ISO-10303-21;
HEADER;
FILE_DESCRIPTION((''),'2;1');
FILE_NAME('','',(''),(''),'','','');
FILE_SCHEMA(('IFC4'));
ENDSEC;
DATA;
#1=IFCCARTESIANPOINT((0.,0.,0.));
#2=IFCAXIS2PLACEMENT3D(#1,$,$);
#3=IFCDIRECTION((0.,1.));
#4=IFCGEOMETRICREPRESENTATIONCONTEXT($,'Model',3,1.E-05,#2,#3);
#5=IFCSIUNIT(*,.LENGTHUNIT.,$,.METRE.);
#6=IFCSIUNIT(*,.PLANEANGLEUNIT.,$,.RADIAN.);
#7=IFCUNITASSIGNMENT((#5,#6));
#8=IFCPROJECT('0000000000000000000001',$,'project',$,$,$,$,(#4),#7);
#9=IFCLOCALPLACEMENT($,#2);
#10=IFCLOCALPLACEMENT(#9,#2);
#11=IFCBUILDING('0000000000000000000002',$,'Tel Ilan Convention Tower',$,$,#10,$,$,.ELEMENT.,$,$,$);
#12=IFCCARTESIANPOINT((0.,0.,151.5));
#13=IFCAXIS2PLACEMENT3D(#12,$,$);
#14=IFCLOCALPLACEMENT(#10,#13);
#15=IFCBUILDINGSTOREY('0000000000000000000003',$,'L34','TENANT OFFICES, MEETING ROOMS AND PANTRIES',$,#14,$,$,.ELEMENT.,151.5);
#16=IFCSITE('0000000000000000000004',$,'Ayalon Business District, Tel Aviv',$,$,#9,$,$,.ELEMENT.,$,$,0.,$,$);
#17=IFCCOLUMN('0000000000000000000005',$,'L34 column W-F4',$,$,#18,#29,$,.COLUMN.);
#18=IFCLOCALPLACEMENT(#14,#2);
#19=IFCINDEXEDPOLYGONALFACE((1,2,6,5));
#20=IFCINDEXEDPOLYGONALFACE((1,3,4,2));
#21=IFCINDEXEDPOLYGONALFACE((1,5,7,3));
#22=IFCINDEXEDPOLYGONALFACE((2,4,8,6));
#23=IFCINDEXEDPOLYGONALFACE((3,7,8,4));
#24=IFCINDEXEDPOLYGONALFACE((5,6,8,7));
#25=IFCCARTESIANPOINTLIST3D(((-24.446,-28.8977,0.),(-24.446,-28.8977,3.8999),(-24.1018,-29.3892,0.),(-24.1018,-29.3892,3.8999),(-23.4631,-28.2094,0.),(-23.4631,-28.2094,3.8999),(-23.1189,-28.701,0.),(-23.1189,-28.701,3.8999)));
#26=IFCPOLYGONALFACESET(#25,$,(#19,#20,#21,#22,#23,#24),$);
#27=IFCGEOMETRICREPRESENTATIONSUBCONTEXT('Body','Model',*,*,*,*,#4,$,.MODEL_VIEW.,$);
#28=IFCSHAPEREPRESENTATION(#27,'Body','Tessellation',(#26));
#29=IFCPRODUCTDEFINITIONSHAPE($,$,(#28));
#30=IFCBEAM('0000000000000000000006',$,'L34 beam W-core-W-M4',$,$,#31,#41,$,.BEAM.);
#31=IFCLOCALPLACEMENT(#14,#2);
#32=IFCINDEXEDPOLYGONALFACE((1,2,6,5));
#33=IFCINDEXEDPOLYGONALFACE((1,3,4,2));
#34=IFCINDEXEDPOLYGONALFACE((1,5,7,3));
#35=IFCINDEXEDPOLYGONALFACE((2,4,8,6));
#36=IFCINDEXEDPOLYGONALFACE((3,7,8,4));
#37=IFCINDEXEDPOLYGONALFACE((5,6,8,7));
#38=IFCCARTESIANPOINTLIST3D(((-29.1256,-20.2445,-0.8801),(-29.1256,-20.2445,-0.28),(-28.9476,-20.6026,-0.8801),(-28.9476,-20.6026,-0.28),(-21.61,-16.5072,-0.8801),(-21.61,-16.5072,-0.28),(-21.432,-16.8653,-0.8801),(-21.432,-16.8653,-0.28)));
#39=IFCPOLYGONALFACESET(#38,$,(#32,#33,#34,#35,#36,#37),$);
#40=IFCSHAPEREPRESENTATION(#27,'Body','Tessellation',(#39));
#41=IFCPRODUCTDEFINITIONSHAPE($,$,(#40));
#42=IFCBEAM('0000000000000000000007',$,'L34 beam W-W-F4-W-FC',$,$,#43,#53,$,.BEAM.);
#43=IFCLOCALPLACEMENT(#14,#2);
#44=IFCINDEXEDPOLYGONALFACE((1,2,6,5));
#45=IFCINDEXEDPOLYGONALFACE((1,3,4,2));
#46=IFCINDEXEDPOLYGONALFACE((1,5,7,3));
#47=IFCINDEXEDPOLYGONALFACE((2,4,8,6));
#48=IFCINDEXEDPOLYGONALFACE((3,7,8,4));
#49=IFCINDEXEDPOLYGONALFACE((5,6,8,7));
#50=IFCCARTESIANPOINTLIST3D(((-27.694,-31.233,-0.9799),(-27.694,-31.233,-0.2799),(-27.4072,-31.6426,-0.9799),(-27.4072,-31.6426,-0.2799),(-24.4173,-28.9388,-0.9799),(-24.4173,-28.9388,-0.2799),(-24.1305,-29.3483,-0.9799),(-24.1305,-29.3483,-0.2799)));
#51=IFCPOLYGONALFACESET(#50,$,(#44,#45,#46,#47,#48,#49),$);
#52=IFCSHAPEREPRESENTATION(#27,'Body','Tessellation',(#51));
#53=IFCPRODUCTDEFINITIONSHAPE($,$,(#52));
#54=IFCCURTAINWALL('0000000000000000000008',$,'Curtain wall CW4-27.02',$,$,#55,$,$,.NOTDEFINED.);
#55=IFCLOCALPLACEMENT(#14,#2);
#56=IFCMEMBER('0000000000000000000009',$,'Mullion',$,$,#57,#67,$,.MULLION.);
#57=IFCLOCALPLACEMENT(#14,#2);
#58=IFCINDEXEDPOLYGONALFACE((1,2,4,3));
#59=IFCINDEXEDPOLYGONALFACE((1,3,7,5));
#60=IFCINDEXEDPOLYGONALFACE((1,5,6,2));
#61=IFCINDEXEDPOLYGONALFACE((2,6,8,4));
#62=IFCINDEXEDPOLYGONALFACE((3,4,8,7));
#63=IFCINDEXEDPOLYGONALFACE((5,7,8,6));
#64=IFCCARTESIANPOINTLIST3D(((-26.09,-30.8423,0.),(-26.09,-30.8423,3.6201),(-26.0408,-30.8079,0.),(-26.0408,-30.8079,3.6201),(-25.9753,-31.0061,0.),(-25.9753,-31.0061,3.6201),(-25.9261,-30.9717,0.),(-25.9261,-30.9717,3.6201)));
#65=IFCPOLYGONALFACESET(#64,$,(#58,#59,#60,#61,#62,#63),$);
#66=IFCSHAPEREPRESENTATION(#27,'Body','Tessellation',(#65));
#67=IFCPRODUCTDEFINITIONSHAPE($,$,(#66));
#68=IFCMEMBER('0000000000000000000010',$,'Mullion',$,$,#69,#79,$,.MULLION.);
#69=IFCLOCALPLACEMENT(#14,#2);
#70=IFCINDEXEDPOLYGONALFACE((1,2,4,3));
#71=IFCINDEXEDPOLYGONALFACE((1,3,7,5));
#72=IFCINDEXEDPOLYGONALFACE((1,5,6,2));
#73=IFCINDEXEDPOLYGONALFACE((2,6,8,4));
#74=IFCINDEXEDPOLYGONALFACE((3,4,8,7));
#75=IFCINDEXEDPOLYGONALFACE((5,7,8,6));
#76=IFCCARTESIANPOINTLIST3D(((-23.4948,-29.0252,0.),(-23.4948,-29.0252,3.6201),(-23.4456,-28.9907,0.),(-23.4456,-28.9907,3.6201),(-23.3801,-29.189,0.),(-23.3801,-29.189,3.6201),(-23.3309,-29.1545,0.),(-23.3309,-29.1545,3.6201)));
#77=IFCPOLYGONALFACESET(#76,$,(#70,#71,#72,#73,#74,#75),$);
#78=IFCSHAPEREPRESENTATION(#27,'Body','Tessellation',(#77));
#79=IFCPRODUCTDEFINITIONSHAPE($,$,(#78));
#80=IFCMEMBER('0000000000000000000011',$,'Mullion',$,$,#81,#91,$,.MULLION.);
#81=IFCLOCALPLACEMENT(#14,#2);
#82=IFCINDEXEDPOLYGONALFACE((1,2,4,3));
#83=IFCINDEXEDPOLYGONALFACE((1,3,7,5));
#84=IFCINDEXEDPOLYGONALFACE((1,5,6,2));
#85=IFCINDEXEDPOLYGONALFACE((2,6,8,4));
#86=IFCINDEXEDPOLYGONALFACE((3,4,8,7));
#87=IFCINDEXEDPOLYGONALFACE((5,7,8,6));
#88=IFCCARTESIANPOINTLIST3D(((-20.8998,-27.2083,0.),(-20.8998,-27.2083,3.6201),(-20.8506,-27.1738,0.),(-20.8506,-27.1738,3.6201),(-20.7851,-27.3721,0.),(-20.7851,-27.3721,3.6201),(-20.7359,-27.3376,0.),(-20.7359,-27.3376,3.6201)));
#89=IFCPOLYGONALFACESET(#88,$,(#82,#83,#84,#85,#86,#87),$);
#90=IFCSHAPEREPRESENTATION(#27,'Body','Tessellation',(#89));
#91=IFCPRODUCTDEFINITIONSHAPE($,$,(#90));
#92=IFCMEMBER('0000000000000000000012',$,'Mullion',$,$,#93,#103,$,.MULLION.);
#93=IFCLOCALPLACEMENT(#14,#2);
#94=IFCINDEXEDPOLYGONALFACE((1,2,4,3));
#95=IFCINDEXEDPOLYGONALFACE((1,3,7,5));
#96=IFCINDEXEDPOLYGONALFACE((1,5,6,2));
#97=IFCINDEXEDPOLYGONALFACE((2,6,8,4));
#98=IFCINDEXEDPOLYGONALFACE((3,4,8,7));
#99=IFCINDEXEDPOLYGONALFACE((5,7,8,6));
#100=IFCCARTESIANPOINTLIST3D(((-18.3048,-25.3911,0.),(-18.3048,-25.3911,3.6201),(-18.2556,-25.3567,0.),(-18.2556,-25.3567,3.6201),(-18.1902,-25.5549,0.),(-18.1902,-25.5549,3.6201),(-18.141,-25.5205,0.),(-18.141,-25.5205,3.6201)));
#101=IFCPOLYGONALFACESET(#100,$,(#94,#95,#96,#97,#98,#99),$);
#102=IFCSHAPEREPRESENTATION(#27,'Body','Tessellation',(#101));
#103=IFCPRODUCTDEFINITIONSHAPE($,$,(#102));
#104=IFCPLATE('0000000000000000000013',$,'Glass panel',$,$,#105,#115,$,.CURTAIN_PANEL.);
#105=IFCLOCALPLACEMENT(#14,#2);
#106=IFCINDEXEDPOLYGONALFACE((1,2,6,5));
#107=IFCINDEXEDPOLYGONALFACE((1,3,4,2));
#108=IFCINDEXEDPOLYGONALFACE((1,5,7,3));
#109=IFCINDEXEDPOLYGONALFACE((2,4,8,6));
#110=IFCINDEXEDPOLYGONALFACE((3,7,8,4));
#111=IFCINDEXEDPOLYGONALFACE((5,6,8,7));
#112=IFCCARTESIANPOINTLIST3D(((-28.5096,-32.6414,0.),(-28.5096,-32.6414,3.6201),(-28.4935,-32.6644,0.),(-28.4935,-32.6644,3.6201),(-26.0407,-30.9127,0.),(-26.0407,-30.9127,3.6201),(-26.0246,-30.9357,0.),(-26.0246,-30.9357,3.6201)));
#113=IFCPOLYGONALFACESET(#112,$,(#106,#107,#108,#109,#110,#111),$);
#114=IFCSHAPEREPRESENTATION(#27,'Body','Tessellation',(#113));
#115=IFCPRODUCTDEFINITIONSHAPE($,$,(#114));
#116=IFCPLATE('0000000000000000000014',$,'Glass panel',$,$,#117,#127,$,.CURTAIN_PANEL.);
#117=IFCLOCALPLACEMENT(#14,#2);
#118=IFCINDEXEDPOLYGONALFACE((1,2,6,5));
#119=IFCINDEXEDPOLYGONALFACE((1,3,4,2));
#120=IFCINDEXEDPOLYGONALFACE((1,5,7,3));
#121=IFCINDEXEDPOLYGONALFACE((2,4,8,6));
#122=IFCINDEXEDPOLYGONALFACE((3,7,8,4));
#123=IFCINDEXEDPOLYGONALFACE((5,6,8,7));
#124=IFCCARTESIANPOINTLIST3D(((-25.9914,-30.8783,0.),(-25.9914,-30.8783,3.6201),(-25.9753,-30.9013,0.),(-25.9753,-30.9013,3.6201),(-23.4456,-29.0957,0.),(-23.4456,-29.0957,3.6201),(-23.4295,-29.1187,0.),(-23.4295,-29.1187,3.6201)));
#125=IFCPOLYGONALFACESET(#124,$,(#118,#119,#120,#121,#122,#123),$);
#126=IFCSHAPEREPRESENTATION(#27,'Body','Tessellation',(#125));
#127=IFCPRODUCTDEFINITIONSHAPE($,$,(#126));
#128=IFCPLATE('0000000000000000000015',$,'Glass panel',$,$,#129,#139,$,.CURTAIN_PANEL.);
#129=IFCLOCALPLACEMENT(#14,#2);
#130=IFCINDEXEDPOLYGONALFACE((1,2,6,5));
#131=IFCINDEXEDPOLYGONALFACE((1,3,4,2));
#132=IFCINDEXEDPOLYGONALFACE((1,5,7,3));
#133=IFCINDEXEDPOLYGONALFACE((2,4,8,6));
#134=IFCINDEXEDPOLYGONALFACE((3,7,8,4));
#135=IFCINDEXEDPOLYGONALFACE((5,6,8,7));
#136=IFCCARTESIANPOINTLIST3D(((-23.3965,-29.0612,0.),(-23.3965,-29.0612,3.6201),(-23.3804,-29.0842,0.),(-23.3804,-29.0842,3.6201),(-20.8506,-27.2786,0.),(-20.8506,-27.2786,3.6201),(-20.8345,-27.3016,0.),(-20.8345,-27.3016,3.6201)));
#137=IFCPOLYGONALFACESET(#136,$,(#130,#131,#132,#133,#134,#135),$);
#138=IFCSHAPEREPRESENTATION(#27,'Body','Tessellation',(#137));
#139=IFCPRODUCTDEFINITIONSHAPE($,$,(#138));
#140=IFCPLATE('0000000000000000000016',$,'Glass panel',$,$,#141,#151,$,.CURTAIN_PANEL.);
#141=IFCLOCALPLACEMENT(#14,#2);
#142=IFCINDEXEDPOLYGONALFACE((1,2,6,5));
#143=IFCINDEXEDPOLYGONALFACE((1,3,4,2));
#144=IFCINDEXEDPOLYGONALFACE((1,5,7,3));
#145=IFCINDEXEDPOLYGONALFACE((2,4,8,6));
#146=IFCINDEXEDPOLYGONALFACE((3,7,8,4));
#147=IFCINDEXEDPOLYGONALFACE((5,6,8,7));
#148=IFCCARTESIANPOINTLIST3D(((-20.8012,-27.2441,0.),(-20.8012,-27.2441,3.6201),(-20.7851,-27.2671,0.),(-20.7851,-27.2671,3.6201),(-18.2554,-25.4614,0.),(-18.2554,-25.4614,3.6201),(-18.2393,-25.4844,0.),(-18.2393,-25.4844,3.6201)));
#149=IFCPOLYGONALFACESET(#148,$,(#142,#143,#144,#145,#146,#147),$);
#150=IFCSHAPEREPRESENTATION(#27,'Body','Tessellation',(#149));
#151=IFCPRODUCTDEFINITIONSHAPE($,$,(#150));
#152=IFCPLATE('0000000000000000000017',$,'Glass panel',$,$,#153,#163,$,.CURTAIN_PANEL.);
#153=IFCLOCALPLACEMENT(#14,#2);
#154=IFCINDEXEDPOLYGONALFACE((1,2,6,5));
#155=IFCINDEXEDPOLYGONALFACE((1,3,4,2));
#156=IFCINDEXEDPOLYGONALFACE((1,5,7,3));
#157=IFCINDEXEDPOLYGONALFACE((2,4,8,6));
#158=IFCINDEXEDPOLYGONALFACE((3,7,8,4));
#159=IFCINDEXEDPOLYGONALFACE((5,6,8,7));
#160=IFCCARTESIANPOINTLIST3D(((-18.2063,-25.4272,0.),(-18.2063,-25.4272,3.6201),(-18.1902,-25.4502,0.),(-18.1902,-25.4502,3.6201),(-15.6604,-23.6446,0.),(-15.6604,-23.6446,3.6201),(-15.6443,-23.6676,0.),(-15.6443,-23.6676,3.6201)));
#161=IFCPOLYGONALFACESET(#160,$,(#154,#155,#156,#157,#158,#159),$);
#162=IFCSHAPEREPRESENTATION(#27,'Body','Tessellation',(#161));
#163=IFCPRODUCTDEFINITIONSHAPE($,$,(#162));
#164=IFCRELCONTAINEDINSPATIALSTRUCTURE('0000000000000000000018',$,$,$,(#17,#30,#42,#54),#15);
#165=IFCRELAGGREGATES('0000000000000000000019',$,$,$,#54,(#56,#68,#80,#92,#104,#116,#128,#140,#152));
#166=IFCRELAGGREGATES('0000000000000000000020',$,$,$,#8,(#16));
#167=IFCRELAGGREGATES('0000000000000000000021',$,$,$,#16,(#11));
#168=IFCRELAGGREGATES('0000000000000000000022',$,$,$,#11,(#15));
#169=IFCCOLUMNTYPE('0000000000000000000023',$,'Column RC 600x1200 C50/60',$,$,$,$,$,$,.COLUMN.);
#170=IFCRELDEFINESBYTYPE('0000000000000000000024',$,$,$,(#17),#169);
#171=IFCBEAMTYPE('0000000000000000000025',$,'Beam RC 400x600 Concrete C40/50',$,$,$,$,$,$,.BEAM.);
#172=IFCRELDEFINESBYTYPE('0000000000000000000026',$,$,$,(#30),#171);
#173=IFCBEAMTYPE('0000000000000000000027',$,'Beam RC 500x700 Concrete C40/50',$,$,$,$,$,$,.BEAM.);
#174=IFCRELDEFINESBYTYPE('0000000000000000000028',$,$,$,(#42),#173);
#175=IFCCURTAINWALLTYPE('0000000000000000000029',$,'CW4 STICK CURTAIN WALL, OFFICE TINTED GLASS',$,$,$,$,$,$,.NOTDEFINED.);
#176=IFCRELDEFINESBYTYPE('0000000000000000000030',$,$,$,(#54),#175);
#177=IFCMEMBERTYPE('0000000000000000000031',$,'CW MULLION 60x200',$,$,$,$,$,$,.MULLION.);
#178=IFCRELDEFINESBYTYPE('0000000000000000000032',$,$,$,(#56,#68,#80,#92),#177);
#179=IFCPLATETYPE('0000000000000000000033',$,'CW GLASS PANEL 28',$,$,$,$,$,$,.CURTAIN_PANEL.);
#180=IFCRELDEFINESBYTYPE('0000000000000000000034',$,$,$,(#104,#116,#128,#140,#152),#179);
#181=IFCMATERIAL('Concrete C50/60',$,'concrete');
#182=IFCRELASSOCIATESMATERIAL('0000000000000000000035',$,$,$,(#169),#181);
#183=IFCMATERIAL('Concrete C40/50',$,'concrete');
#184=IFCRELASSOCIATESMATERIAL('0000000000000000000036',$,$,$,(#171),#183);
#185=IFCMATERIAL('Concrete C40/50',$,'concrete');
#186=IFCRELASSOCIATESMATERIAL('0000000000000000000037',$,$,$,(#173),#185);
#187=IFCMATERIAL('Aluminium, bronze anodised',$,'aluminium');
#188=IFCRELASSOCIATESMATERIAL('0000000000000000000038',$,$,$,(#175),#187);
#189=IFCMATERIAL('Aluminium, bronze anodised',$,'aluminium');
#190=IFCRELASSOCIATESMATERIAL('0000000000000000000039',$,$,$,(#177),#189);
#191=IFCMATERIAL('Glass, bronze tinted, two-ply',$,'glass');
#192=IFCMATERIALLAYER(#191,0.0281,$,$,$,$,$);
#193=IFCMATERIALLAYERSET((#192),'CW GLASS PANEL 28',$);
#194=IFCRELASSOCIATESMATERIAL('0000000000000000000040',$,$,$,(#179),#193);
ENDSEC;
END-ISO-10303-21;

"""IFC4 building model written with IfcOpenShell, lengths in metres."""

from ifc_helpers import new_model, si_unit, direction, frame, origin, origin_2d, place, context, subcontext, project, spatial, rectangle, extrude, material, layer, layer_set, material_profile, profile_set, type_object, element, aggregate, save


model = new_model("IFC4")

# Units and contexts
model_context = context("Model", 3, precision=1e-05, world=origin(), true_north=direction((0.0, 1.0)))
body_context = subcontext(model_context, "Body", "Model", "MODEL_VIEW")
ifc_project = project(units=[si_unit("LENGTHUNIT", "METRE"), si_unit("PLANEANGLEUNIT", "RADIAN")], contexts=[model_context])

# Site, building, storey
site_placement = place(None, origin())
site = spatial("IfcSite", under=ifc_project, at=site_placement, Name="Ayalon Business District, Tel Aviv", CompositionType="ELEMENT", RefElevation=0.0)
building_placement = place(site_placement, origin())
building = spatial("IfcBuilding", under=site, at=building_placement, Name="Tel Ilan Convention Tower", CompositionType="ELEMENT")
storey_placement = place(building_placement, frame((0.0, 0.0, 151.5)))
storey = spatial("IfcBuildingStorey", under=building, at=storey_placement, Name="L34", Description="TENANT OFFICES, MEETING ROOMS AND PANTRIES", CompositionType="ELEMENT", Elevation=151.5)

# Column
ifc_material_1 = material(Name="Concrete C50/60", Category="concrete")
ifc_material_profile_1 = material_profile(ifc_material_1, rectangle(XDim=1.2, YDim=0.6001, at=origin_2d()), Name="RC 600x1200")
ifc_profile_set_1 = profile_set([ifc_material_profile_1], Name="Concrete C50/60")
column_type = type_object("IfcColumnType", Name="Column RC 600x1200 C50/60", PredefinedType="COLUMN", material=ifc_profile_set_1)
column_placement = place(storey_placement, frame((-23.7825, -28.7993, 0.0), z_axis=(0.0, 0.0, 1.0), x_axis=(-0.819152, -0.573576, 0.0)))
element("IfcColumn", 1, at=column_placement, inside=storey, type_object=column_type, Name="L34 column W-F4", PredefinedType="COLUMN", context=body_context, shape_type="SweptSolid", body=[
    extrude(rectangle(XDim=1.2, YDim=0.6001, at=origin_2d()), origin(), (0.0, 0.0, 1.0), 3.8999),
])

# Beams
ifc_material_2 = material(Name="Concrete C40/50", Category="concrete")
ifc_material_profile_2 = material_profile(ifc_material_2, rectangle(XDim=0.3999, YDim=0.6001, at=origin_2d()), Name="RC 400x600")
ifc_profile_set_2 = profile_set([ifc_material_profile_2], Name="Concrete C40/50")
beam_type_1 = type_object("IfcBeamType", Name="Beam RC 400x600 Concrete C40/50", PredefinedType="BEAM", material=ifc_profile_set_2)
beam_1_placement = place(storey_placement, frame((-21.521, -16.6863, -0.5801), z_axis=(-0.895402, -0.445258, 0.0), x_axis=(0.445258, -0.895402, 0.0)))
element("IfcBeam", 2, at=beam_1_placement, inside=storey, type_object=beam_type_1, Name="L34 beam W-core-W-M4", PredefinedType="BEAM", context=body_context, shape_type="SweptSolid", body=[
    extrude(rectangle(XDim=0.3999, YDim=0.6001, at=origin_2d()), origin(), (0.0, 0.0, 1.0), 8.3936),
])
ifc_material_3 = material(Name="Concrete C40/50", Category="concrete")
ifc_material_profile_3 = material_profile(ifc_material_3, rectangle(XDim=0.5, YDim=0.7, at=origin_2d()), Name="RC 500x700")
ifc_profile_set_3 = profile_set([ifc_material_profile_3], Name="Concrete C40/50")
beam_type_2 = type_object("IfcBeamType", Name="Beam RC 500x700 Concrete C40/50", PredefinedType="BEAM", material=ifc_profile_set_3)
beam_2_placement = place(storey_placement, frame((-24.2739, -29.1436, -0.6299), z_axis=(-0.819166, -0.573557, 0.0), x_axis=(0.573557, -0.819166, 0.0)))
element("IfcBeam", 3, at=beam_2_placement, inside=storey, type_object=beam_type_2, Name="L34 beam W-W-F4-W-FC", PredefinedType="BEAM", context=body_context, shape_type="SweptSolid", body=[
    extrude(rectangle(XDim=0.5, YDim=0.7, at=origin_2d()), origin(), (0.0, 0.0, 1.0), 4.0),
])

# Curtain wall, members, plates
ifc_material_4 = material(Name="Aluminium, bronze anodised", Category="aluminium")
curtain_wall_type = type_object("IfcCurtainWallType", Name="CW4 STICK CURTAIN WALL, OFFICE TINTED GLASS", PredefinedType="NOTDEFINED", material=ifc_material_4)
curtain_wall_placement = place(storey_placement, origin())
curtain_wall = element("IfcCurtainWall", 4, at=curtain_wall_placement, inside=storey, type_object=curtain_wall_type, Name="Curtain wall CW4-27.02", PredefinedType="NOTDEFINED")
ifc_material_5 = material(Name="Aluminium, bronze anodised", Category="aluminium")
ifc_material_profile_4 = material_profile(ifc_material_5, rectangle(XDim=0.0601, YDim=0.2, at=origin_2d()), Name="CW MULLION 60x200")
ifc_profile_set_4 = profile_set([ifc_material_profile_4], Name="Aluminium, bronze anodised")
member_type = type_object("IfcMemberType", Name="CW MULLION 60x200", PredefinedType="MULLION", material=ifc_profile_set_4)
member_1_placement = place(storey_placement, frame((-26.0081, -30.907, 0.0), z_axis=(0.0, 0.0, 1.0), x_axis=(0.819152, 0.573576, 0.0)))
member_1 = element("IfcMember", 5, at=member_1_placement, type_object=member_type, Name="Mullion", PredefinedType="MULLION", context=body_context, shape_type="SweptSolid", body=[
    extrude(rectangle(XDim=0.0601, YDim=0.2, at=origin_2d()), origin(), (0.0, 0.0, 1.0), 3.6201),
])
member_2_placement = place(storey_placement, frame((-23.4128, -29.0898, 0.0), z_axis=(0.0, 0.0, 1.0), x_axis=(0.819152, 0.573576, 0.0)))
member_2 = element("IfcMember", 6, at=member_2_placement, type_object=member_type, Name="Mullion", PredefinedType="MULLION", context=body_context, shape_type="SweptSolid", body=[
    extrude(rectangle(XDim=0.0601, YDim=0.2, at=origin_2d()), origin(), (0.0, 0.0, 1.0), 3.6201),
])
member_3_placement = place(storey_placement, frame((-20.8179, -27.2729, 0.0), z_axis=(0.0, 0.0, 1.0), x_axis=(0.819152, 0.573576, 0.0)))
member_3 = element("IfcMember", 7, at=member_3_placement, type_object=member_type, Name="Mullion", PredefinedType="MULLION", context=body_context, shape_type="SweptSolid", body=[
    extrude(rectangle(XDim=0.0601, YDim=0.2, at=origin_2d()), origin(), (0.0, 0.0, 1.0), 3.6201),
])
member_4_placement = place(storey_placement, frame((-18.2229, -25.4558, 0.0), z_axis=(0.0, 0.0, 1.0), x_axis=(0.819152, 0.573576, 0.0)))
member_4 = element("IfcMember", 8, at=member_4_placement, type_object=member_type, Name="Mullion", PredefinedType="MULLION", context=body_context, shape_type="SweptSolid", body=[
    extrude(rectangle(XDim=0.0601, YDim=0.2, at=origin_2d()), origin(), (0.0, 0.0, 1.0), 3.6201),
])
ifc_material_6 = material(Name="Glass, bronze tinted, two-ply", Category="glass")
ifc_layer_1 = layer(ifc_material_6, 0.0281)
ifc_layer_set_1 = layer_set([ifc_layer_1], Name="CW GLASS PANEL 28")
plate_type = type_object("IfcPlateType", Name="CW GLASS PANEL 28", PredefinedType="CURTAIN_PANEL", material=ifc_layer_set_1)
plate_1_placement = place(storey_placement, frame((-27.2671, -31.7886, 0.0), z_axis=(0.0, 0.0, 1.0), x_axis=(0.819152, 0.573576, 0.0)))
plate_1 = element("IfcPlate", 9, at=plate_1_placement, type_object=plate_type, Name="Glass panel", PredefinedType="CURTAIN_PANEL", context=body_context, shape_type="SweptSolid", body=[
    extrude(rectangle(XDim=3.0139, YDim=0.0281, at=origin_2d()), origin(), (0.0, 0.0, 1.0), 3.6201),
])
plate_2_placement = place(storey_placement, frame((-24.7104, -29.9985, 0.0), z_axis=(0.0, 0.0, 1.0), x_axis=(0.819152, 0.573576, 0.0)))
plate_2 = element("IfcPlate", 10, at=plate_2_placement, type_object=plate_type, Name="Glass panel", PredefinedType="CURTAIN_PANEL", context=body_context, shape_type="SweptSolid", body=[
    extrude(rectangle(XDim=3.1079, YDim=0.0281, at=origin_2d()), origin(), (0.0, 0.0, 1.0), 3.6201),
])
plate_3_placement = place(storey_placement, frame((-22.1155, -28.1814, 0.0), z_axis=(0.0, 0.0, 1.0), x_axis=(0.819152, 0.573576, 0.0)))
plate_3 = element("IfcPlate", 11, at=plate_3_placement, type_object=plate_type, Name="Glass panel", PredefinedType="CURTAIN_PANEL", context=body_context, shape_type="SweptSolid", body=[
    extrude(rectangle(XDim=3.1079, YDim=0.0281, at=origin_2d()), origin(), (0.0, 0.0, 1.0), 3.6201),
])
plate_4_placement = place(storey_placement, frame((-19.5203, -26.3643, 0.0), z_axis=(0.0, 0.0, 1.0), x_axis=(0.819152, 0.573576, 0.0)))
plate_4 = element("IfcPlate", 12, at=plate_4_placement, type_object=plate_type, Name="Glass panel", PredefinedType="CURTAIN_PANEL", context=body_context, shape_type="SweptSolid", body=[
    extrude(rectangle(XDim=3.1079, YDim=0.0281, at=origin_2d()), origin(), (0.0, 0.0, 1.0), 3.6201),
])
plate_5_placement = place(storey_placement, frame((-16.9253, -24.5474, 0.0), z_axis=(0.0, 0.0, 1.0), x_axis=(0.819152, 0.573576, 0.0)))
plate_5 = element("IfcPlate", 13, at=plate_5_placement, type_object=plate_type, Name="Glass panel", PredefinedType="CURTAIN_PANEL", context=body_context, shape_type="SweptSolid", body=[
    extrude(rectangle(XDim=3.1079, YDim=0.0281, at=origin_2d()), origin(), (0.0, 0.0, 1.0), 3.6201),
])
aggregate(curtain_wall, [member_1, member_2, member_3, member_4, plate_1, plate_2, plate_3, plate_4, plate_5])

save(model, "model.ifc")
